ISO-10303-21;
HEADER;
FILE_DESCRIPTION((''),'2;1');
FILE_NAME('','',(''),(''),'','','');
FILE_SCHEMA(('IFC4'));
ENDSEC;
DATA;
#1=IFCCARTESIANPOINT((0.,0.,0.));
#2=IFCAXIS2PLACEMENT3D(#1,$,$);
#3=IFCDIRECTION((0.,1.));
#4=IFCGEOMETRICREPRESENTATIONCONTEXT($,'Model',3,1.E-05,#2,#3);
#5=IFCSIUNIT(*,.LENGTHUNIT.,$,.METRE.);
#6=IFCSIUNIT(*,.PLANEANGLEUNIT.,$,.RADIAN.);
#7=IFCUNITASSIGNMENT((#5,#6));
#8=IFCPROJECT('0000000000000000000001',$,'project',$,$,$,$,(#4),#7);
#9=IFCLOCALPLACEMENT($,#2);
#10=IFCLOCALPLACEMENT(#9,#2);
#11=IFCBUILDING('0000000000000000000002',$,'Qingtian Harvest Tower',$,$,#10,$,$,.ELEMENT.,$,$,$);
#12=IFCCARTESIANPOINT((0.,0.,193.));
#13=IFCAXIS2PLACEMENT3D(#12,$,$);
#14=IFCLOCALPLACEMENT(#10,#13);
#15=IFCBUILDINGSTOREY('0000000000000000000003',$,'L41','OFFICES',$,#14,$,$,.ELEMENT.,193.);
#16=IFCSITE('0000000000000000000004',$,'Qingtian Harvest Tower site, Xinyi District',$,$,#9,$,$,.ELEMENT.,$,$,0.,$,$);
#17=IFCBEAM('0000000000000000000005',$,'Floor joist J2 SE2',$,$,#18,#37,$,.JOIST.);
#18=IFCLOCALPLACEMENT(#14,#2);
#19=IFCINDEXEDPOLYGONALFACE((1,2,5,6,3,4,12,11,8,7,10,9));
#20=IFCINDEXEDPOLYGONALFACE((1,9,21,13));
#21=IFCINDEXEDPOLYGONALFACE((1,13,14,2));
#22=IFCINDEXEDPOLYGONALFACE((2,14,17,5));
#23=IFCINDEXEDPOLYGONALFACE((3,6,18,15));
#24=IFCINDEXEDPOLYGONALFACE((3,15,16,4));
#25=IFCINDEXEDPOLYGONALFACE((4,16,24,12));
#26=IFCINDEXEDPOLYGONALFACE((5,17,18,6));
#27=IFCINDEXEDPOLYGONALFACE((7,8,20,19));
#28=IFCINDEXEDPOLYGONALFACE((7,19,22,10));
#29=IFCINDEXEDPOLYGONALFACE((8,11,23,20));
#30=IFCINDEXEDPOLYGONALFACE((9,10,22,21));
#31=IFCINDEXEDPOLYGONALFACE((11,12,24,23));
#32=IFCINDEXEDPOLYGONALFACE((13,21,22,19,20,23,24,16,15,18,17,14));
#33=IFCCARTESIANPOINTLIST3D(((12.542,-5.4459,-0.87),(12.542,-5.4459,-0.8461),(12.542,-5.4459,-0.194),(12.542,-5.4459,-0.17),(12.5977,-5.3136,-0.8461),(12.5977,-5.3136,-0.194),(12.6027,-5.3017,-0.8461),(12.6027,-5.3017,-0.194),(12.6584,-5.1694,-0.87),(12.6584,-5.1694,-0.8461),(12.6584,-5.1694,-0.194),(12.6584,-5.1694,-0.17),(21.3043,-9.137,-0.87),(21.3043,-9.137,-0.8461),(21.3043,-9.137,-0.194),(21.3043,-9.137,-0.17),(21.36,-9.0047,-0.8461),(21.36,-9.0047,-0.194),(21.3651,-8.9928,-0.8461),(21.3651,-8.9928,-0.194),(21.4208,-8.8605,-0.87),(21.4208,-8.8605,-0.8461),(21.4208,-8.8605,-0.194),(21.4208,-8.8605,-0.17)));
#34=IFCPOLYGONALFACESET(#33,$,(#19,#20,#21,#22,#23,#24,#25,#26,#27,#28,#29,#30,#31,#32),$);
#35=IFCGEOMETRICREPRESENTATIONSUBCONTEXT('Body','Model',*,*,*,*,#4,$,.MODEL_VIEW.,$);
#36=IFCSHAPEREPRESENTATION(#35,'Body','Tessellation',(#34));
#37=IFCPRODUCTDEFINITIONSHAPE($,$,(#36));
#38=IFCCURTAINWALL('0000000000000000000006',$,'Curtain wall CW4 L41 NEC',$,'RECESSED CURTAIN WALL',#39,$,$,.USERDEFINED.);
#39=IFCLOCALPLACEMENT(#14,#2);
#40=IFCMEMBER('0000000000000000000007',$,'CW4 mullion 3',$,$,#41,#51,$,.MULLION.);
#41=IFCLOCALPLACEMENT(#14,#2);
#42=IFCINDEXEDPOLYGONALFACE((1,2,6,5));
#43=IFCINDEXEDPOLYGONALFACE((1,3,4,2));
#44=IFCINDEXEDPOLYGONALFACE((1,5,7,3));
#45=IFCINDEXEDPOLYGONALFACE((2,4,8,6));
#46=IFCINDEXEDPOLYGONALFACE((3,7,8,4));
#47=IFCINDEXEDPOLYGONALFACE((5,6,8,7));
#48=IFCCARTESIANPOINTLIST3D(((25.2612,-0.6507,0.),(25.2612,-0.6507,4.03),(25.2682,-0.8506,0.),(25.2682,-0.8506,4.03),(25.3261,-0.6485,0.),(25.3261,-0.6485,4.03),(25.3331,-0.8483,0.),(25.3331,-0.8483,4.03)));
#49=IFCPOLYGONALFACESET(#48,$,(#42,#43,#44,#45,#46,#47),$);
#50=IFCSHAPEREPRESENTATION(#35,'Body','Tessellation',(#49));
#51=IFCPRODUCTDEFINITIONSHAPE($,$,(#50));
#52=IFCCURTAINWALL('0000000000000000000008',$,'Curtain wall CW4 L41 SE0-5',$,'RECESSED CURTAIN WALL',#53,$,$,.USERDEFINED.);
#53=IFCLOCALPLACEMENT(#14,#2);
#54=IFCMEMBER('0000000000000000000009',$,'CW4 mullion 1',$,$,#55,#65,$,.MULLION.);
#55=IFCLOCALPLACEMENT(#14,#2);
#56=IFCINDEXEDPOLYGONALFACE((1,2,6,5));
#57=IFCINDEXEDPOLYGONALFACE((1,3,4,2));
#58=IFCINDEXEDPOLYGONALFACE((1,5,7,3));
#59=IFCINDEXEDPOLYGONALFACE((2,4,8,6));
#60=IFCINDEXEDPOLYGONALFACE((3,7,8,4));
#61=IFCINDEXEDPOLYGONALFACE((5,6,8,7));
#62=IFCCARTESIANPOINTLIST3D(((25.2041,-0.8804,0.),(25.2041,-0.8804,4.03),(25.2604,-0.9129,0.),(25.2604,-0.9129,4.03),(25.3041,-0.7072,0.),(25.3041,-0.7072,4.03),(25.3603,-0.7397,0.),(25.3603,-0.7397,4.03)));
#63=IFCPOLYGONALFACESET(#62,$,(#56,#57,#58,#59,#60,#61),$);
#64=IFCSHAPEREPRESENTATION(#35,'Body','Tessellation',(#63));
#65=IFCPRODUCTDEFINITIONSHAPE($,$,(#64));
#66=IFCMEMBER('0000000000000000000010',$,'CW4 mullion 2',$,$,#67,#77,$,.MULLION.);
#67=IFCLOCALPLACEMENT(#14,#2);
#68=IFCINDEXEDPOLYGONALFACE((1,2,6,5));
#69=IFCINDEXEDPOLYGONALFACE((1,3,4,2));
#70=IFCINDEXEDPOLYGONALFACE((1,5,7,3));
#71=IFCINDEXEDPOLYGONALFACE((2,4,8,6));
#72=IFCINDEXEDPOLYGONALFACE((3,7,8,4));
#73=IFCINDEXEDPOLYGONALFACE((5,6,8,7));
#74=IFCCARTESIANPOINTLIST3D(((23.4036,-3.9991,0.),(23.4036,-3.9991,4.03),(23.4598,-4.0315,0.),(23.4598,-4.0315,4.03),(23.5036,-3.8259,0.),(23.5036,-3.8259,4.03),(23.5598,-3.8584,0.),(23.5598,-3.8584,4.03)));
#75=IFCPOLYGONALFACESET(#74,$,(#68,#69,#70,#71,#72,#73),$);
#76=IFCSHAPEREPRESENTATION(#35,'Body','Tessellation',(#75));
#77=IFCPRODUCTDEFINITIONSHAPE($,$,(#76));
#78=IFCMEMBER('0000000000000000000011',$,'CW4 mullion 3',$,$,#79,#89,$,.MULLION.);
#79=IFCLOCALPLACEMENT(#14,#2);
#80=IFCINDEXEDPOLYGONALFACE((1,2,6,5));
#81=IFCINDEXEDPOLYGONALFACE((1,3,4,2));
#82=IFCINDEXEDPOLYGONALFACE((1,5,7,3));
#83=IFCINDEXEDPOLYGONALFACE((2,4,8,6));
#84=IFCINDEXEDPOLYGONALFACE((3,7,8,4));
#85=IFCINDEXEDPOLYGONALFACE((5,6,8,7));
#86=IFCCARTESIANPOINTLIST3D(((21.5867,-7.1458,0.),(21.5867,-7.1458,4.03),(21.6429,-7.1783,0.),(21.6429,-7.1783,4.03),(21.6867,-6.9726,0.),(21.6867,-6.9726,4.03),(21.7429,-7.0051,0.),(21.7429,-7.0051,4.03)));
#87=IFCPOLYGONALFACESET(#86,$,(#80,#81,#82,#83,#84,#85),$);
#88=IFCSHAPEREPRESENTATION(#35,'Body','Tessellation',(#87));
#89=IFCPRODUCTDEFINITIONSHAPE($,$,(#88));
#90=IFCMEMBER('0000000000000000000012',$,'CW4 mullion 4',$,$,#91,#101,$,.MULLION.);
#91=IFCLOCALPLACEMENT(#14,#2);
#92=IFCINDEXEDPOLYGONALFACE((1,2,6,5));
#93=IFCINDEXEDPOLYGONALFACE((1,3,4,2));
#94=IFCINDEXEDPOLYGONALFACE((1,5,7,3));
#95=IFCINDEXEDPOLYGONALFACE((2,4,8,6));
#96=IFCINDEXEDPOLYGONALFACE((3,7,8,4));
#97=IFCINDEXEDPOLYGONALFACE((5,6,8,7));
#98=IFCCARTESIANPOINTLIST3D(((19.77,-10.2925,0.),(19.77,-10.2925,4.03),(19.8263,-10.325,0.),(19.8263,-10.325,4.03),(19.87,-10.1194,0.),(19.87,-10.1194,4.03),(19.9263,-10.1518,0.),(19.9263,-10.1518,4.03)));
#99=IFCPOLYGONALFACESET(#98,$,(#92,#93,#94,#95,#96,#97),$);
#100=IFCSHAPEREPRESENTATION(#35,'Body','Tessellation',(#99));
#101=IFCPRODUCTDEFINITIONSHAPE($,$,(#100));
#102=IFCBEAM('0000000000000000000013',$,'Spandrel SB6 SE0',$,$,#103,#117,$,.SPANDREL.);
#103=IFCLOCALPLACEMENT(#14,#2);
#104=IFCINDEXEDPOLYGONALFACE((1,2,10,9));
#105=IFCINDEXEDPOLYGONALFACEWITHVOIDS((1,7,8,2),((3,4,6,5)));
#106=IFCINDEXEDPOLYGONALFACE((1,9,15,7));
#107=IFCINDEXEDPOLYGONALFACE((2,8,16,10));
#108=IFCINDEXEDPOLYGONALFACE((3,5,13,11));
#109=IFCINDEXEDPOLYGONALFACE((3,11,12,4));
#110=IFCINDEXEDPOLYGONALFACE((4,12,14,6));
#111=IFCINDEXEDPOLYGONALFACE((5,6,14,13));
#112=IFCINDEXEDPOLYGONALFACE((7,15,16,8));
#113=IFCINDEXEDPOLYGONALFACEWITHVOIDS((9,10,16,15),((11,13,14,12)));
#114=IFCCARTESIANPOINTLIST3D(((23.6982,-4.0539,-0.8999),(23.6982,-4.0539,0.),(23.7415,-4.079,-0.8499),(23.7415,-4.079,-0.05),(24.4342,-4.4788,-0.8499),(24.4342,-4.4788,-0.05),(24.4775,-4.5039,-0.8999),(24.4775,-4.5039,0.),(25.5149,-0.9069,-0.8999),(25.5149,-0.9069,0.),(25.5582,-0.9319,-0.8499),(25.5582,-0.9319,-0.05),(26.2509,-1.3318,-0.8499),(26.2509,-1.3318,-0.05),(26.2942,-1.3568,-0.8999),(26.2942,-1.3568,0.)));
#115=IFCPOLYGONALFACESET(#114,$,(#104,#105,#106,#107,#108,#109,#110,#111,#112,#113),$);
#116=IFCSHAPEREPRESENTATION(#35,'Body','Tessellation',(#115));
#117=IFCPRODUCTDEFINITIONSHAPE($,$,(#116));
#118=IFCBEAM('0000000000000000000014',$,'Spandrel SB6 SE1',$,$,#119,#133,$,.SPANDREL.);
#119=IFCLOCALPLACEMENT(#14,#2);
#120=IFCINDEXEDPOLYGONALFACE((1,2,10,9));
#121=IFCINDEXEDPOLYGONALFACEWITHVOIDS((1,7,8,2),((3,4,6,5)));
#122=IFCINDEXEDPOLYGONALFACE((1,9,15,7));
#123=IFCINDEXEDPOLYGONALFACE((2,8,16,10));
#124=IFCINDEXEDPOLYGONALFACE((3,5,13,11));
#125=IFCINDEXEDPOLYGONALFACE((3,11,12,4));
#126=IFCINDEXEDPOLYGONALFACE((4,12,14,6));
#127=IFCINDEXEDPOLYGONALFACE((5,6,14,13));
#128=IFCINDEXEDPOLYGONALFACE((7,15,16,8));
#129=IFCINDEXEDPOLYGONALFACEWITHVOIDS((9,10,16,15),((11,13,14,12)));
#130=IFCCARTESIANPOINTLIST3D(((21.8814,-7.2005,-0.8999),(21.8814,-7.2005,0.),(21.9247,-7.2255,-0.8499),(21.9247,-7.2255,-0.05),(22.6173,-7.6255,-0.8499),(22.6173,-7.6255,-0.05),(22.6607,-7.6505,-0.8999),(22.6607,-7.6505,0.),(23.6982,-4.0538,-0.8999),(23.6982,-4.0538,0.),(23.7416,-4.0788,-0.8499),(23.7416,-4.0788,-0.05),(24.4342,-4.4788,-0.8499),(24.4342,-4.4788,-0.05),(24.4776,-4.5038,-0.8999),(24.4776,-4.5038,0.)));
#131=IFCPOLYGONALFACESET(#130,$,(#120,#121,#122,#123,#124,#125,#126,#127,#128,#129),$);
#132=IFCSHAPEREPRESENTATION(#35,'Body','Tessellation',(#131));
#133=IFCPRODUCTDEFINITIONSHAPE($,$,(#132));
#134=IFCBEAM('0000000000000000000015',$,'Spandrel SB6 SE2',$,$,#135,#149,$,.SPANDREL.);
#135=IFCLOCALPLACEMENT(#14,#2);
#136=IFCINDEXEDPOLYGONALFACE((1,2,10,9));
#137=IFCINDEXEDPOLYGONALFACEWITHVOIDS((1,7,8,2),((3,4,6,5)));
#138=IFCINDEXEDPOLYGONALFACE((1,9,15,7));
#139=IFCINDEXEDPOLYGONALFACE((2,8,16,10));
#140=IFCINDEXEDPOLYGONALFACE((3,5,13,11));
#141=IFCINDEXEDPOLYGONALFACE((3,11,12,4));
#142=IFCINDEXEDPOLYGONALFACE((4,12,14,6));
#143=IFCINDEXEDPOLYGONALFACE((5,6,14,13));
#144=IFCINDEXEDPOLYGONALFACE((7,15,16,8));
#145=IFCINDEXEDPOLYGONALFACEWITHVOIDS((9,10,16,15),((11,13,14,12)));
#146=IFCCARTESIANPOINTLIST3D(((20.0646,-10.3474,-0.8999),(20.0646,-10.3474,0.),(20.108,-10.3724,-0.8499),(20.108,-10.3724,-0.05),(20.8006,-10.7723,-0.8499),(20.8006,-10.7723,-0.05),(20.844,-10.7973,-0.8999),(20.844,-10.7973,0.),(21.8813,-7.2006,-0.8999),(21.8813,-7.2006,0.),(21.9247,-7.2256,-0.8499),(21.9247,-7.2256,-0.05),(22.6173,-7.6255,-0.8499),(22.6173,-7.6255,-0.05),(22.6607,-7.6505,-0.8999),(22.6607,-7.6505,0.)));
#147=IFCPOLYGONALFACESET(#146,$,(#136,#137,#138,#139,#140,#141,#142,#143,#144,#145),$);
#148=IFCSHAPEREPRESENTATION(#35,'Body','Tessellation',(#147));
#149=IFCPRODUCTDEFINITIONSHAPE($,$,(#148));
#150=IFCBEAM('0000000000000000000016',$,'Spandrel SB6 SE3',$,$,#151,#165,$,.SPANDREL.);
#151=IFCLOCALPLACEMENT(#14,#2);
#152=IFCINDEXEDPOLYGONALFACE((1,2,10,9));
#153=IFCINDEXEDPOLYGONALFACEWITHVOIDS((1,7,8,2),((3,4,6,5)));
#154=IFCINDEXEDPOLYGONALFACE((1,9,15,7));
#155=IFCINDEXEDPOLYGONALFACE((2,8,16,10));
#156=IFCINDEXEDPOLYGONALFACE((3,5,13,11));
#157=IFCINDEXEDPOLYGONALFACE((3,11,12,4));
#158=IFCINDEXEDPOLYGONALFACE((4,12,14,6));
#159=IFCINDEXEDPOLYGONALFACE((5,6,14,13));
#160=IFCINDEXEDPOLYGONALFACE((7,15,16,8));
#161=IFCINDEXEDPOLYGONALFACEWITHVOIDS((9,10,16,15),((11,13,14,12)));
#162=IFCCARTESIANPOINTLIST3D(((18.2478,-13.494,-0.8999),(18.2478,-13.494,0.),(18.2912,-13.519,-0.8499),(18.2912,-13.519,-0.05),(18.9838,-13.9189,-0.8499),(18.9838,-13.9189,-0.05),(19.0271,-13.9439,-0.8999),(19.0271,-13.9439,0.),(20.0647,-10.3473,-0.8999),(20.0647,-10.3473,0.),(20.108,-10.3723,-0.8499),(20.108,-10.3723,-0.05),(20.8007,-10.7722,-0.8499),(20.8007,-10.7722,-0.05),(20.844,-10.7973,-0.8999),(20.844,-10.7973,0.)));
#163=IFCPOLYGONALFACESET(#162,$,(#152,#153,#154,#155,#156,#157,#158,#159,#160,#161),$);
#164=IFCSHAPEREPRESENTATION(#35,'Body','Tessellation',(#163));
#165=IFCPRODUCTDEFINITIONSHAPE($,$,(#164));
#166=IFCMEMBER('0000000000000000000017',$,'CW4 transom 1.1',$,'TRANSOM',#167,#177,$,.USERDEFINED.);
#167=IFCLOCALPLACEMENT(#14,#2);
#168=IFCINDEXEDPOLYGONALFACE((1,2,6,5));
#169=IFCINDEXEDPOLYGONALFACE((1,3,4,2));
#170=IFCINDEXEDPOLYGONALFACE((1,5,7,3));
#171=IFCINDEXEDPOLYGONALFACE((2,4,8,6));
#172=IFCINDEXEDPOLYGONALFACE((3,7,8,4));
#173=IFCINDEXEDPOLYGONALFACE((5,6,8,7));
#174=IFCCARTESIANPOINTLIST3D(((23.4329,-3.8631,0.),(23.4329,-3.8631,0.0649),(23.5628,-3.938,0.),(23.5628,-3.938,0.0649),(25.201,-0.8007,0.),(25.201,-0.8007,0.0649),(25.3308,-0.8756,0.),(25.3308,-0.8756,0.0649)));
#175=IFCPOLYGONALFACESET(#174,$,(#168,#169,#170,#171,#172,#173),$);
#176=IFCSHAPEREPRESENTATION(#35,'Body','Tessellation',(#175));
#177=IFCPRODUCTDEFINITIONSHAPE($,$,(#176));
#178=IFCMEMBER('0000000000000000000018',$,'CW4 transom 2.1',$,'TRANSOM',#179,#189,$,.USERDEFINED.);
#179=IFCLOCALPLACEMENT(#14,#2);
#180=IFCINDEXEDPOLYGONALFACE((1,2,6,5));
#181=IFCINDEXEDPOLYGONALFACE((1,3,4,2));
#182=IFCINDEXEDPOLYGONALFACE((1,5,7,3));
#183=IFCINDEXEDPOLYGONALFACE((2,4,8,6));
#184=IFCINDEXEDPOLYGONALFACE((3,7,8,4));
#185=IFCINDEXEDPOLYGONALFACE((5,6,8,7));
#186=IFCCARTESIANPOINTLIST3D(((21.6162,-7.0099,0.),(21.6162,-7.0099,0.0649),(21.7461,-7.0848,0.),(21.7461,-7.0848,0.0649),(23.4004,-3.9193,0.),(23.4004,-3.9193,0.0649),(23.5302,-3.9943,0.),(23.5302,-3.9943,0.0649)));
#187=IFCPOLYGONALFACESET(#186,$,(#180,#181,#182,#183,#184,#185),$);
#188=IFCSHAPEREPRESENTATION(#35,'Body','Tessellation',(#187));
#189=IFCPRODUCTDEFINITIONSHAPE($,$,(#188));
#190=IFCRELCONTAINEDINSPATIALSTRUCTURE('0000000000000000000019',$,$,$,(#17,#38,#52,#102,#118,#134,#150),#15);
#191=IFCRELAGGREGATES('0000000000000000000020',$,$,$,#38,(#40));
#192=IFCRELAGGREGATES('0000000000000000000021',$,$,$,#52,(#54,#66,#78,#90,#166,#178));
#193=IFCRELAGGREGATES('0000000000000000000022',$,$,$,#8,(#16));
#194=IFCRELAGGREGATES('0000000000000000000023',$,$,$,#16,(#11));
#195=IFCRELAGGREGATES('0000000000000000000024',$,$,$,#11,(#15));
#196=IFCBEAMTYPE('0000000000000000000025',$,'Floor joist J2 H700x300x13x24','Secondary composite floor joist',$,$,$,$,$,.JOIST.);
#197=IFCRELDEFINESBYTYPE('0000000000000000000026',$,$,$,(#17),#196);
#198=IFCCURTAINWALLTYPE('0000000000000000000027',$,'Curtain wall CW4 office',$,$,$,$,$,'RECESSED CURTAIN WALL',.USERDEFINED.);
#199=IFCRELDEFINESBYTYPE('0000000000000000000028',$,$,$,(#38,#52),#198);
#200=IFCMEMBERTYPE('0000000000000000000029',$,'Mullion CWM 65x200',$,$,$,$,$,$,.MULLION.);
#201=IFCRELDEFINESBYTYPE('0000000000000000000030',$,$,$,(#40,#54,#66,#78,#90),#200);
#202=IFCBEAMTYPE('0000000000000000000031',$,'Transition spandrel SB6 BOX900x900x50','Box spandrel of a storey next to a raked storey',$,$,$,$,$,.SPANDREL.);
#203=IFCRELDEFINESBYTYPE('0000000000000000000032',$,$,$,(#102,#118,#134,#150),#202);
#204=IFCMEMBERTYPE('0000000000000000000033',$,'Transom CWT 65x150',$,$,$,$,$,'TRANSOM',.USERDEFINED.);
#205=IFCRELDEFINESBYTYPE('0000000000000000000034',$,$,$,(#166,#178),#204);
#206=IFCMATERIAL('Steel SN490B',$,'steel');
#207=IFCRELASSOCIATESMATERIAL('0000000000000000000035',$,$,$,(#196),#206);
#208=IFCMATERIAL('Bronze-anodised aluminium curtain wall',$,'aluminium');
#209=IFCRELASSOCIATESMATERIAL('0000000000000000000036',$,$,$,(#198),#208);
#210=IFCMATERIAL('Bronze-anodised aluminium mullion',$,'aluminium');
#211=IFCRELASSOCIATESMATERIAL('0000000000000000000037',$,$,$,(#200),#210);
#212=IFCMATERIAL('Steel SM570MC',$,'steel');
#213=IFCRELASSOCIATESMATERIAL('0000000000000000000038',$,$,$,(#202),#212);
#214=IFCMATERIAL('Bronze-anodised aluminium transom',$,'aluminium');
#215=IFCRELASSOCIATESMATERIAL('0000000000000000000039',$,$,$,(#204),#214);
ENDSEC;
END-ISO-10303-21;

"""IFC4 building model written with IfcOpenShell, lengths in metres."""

from ifc_helpers import new_model, si_unit, direction, frame, origin, origin_2d, place, context, subcontext, project, spatial, rectangle, hollow_rectangle, i_section, extrude, material, material_profile, profile_set, type_object, element, aggregate, save


model = new_model("IFC4")

# Units and contexts
model_context = context("Model", 3, precision=1e-05, world=origin(), true_north=direction((0.0, 1.0)))
body_context = subcontext(model_context, "Body", "Model", "MODEL_VIEW")
ifc_project = project(units=[si_unit("LENGTHUNIT", "METRE"), si_unit("PLANEANGLEUNIT", "RADIAN")], contexts=[model_context])

# Site, building, storey
site_placement = place(None, origin())
site = spatial("IfcSite", under=ifc_project, at=site_placement, Name="Qingtian Harvest Tower site, Xinyi District", CompositionType="ELEMENT", RefElevation=0.0)
building_placement = place(site_placement, origin())
building = spatial("IfcBuilding", under=site, at=building_placement, Name="Qingtian Harvest Tower", CompositionType="ELEMENT")
storey_placement = place(building_placement, frame((0.0, 0.0, 193.0)))
storey = spatial("IfcBuildingStorey", under=building, at=storey_placement, Name="L41", Description="OFFICES", CompositionType="ELEMENT", Elevation=193.0)

# Beam
ifc_material_1 = material(Name="Steel SN490B", Category="steel")
ifc_material_profile_1 = material_profile(ifc_material_1, i_section(OverallWidth=0.3, OverallDepth=0.7, WebThickness=0.0129, FlangeThickness=0.0239, at=origin_2d()), Name="H700x300x13x24")
ifc_profile_set_1 = profile_set([ifc_material_profile_1], Name="Steel SN490B")
beam_type_1 = type_object("IfcBeamType", Name="Floor joist J2 H700x300x13x24", Description="Secondary composite floor joist", PredefinedType="JOIST", material=ifc_profile_set_1)
beam_1_placement = place(storey_placement, frame((21.3625, -8.9988, -0.52), z_axis=(-0.921571, 0.38821, 0.0), x_axis=(-0.38821, -0.921571, 0.0)))
element("IfcBeam", 1, at=beam_1_placement, inside=storey, type_object=beam_type_1, Name="Floor joist J2 SE2", PredefinedType="JOIST", context=body_context, shape_type="SweptSolid", body=[
    extrude(i_section(OverallWidth=0.3, OverallDepth=0.7, WebThickness=0.0129, FlangeThickness=0.0239, at=origin_2d()), origin(), (0.0, 0.0, 1.0), 9.5081),
])

# Curtain wall, member
ifc_material_2 = material(Name="Bronze-anodised aluminium curtain wall", Category="aluminium")
curtain_wall_type = type_object("IfcCurtainWallType", Name="Curtain wall CW4 office", ElementType="RECESSED CURTAIN WALL", PredefinedType="USERDEFINED", material=ifc_material_2)
curtain_wall_1_placement = place(storey_placement, origin())
curtain_wall_1 = element("IfcCurtainWall", 2, at=curtain_wall_1_placement, inside=storey, type_object=curtain_wall_type, Name="Curtain wall CW4 L41 NEC", ObjectType="RECESSED CURTAIN WALL", PredefinedType="USERDEFINED")
ifc_material_3 = material(Name="Bronze-anodised aluminium mullion", Category="aluminium")
ifc_material_profile_2 = material_profile(ifc_material_3, rectangle(XDim=0.0649, YDim=0.2, at=origin_2d()), Name="AL 65x200")
ifc_profile_set_2 = profile_set([ifc_material_profile_2], Name="Bronze-anodised aluminium mullion")
member_type_1 = type_object("IfcMemberType", Name="Mullion CWM 65x200", PredefinedType="MULLION", material=ifc_profile_set_2)
member_1_placement = place(storey_placement, frame((25.2971, -0.7495, 0.0), z_axis=(0.0, 0.0, 1.0), x_axis=(0.999391, 0.034899, 0.0)))
member_1 = element("IfcMember", 3, at=member_1_placement, type_object=member_type_1, Name="CW4 mullion 3", PredefinedType="MULLION", context=body_context, shape_type="SweptSolid", body=[
    extrude(rectangle(XDim=0.0649, YDim=0.2, at=origin_2d()), origin(), (0.0, 0.0, 1.0), 4.03),
])
aggregate(curtain_wall_1, [member_1])

# Curtain wall, members
curtain_wall_2_placement = place(storey_placement, origin())
curtain_wall_2 = element("IfcCurtainWall", 4, at=curtain_wall_2_placement, inside=storey, type_object=curtain_wall_type, Name="Curtain wall CW4 L41 SE0-5", ObjectType="RECESSED CURTAIN WALL", PredefinedType="USERDEFINED")
member_2_placement = place(storey_placement, frame((25.2822, -0.8101, 0.0), z_axis=(0.0, 0.0, 1.0), x_axis=(0.866025, -0.5, 0.0)))
member_2 = element("IfcMember", 5, at=member_2_placement, type_object=member_type_1, Name="CW4 mullion 1", PredefinedType="MULLION", context=body_context, shape_type="SweptSolid", body=[
    extrude(rectangle(XDim=0.0649, YDim=0.2, at=origin_2d()), origin(), (0.0, 0.0, 1.0), 4.03),
])
member_3_placement = place(storey_placement, frame((23.4817, -3.9287, 0.0), z_axis=(0.0, 0.0, 1.0), x_axis=(0.866025, -0.5, 0.0)))
member_3 = element("IfcMember", 6, at=member_3_placement, type_object=member_type_1, Name="CW4 mullion 2", PredefinedType="MULLION", context=body_context, shape_type="SweptSolid", body=[
    extrude(rectangle(XDim=0.0649, YDim=0.2, at=origin_2d()), origin(), (0.0, 0.0, 1.0), 4.03),
])
member_4_placement = place(storey_placement, frame((21.6648, -7.0754, 0.0), z_axis=(0.0, 0.0, 1.0), x_axis=(0.866025, -0.5, 0.0)))
member_4 = element("IfcMember", 7, at=member_4_placement, type_object=member_type_1, Name="CW4 mullion 3", PredefinedType="MULLION", context=body_context, shape_type="SweptSolid", body=[
    extrude(rectangle(XDim=0.0649, YDim=0.2, at=origin_2d()), origin(), (0.0, 0.0, 1.0), 4.03),
])
member_5_placement = place(storey_placement, frame((19.8481, -10.2222, 0.0), z_axis=(0.0, 0.0, 1.0), x_axis=(0.866025, -0.5, 0.0)))
member_5 = element("IfcMember", 8, at=member_5_placement, type_object=member_type_1, Name="CW4 mullion 4", PredefinedType="MULLION", context=body_context, shape_type="SweptSolid", body=[
    extrude(rectangle(XDim=0.0649, YDim=0.2, at=origin_2d()), origin(), (0.0, 0.0, 1.0), 4.03),
])

# Beams
ifc_material_4 = material(Name="Steel SM570MC", Category="steel")
ifc_material_profile_3 = material_profile(ifc_material_4, hollow_rectangle(XDim=0.8999, YDim=0.8999, WallThickness=0.05, at=origin_2d()), Name="BOX900x900x50")
ifc_profile_set_3 = profile_set([ifc_material_profile_3], Name="Steel SM570MC")
beam_type_2 = type_object("IfcBeamType", Name="Transition spandrel SB6 BOX900x900x50", Description="Box spandrel of a storey next to a raked storey", PredefinedType="SPANDREL", material=ifc_profile_set_3)
beam_2_placement = place(storey_placement, frame((25.9045, -1.1318, -0.45), z_axis=(-0.499947, -0.866056, 0.0), x_axis=(0.866056, -0.499947, 0.0)))
element("IfcBeam", 9, at=beam_2_placement, inside=storey, type_object=beam_type_2, Name="Spandrel SB6 SE0", PredefinedType="SPANDREL", context=body_context, shape_type="SweptSolid", body=[
    extrude(hollow_rectangle(XDim=0.8999, YDim=0.8999, WallThickness=0.05, at=origin_2d()), origin(), (0.0, 0.0, 1.0), 3.6338),
])
for number, where, z_axis, x_axis, name in (
    (10, (24.0879, -4.2788, -0.45), (-0.500027, -0.86601, 0.0), (0.86601, -0.500027, 0.0), "Spandrel SB6 SE1"),
    (11, (22.271, -7.4255, -0.45), (-0.499976, -0.866039, 0.0), (0.866039, -0.499976, 0.0), "Spandrel SB6 SE2"),
    (12, (20.4543, -10.5723, -0.45), (-0.500027, -0.86601, 0.0), (0.86601, -0.500027, 0.0), "Spandrel SB6 SE3"),
):
    element("IfcBeam", number, at=place(storey_placement, frame(where, z_axis=z_axis, x_axis=x_axis)), inside=storey, type_object=beam_type_2, Name=name, PredefinedType="SPANDREL", context=body_context, shape_type="SweptSolid", body=[
        extrude(hollow_rectangle(XDim=0.8999, YDim=0.8999, WallThickness=0.05, at=origin_2d()), origin(), (0.0, 0.0, 1.0), 3.6335),
    ])

# Members
ifc_material_5 = material(Name="Bronze-anodised aluminium transom", Category="aluminium")
ifc_material_profile_4 = material_profile(ifc_material_5, rectangle(XDim=0.1499, YDim=0.0649, at=origin_2d()), Name="AL 65x150")
ifc_profile_set_4 = profile_set([ifc_material_profile_4], Name="Bronze-anodised aluminium transom")
member_type_2 = type_object("IfcMemberType", Name="Transom CWT 65x150", ElementType="TRANSOM", PredefinedType="USERDEFINED", material=ifc_profile_set_4)
member_6_placement = place(storey_placement, frame((25.2659, -0.8381, 0.0325), z_axis=(-0.499985, -0.866034, 0.0), x_axis=(0.866034, -0.499985, 0.0)))
member_6 = element("IfcMember", 13, at=member_6_placement, type_object=member_type_2, Name="CW4 transom 1.1", ObjectType="TRANSOM", PredefinedType="USERDEFINED", context=body_context, shape_type="SweptSolid", body=[
    extrude(rectangle(XDim=0.1499, YDim=0.0649, at=origin_2d()), origin(), (0.0, 0.0, 1.0), 3.5361),
])
member_7_placement = place(storey_placement, frame((23.4653, -3.9568, 0.0325), z_axis=(-0.499965, -0.866045, 0.0), x_axis=(0.866045, -0.499965, 0.0)))
member_7 = element("IfcMember", 14, at=member_7_placement, type_object=member_type_2, Name="CW4 transom 2.1", ObjectType="TRANSOM", PredefinedType="USERDEFINED", context=body_context, shape_type="SweptSolid", body=[
    extrude(rectangle(XDim=0.1499, YDim=0.0649, at=origin_2d()), origin(), (0.0, 0.0, 1.0), 3.5686),
])

aggregate(curtain_wall_2, [member_2, member_3, member_4, member_5, member_6, member_7])

save(model, "model.ifc")
